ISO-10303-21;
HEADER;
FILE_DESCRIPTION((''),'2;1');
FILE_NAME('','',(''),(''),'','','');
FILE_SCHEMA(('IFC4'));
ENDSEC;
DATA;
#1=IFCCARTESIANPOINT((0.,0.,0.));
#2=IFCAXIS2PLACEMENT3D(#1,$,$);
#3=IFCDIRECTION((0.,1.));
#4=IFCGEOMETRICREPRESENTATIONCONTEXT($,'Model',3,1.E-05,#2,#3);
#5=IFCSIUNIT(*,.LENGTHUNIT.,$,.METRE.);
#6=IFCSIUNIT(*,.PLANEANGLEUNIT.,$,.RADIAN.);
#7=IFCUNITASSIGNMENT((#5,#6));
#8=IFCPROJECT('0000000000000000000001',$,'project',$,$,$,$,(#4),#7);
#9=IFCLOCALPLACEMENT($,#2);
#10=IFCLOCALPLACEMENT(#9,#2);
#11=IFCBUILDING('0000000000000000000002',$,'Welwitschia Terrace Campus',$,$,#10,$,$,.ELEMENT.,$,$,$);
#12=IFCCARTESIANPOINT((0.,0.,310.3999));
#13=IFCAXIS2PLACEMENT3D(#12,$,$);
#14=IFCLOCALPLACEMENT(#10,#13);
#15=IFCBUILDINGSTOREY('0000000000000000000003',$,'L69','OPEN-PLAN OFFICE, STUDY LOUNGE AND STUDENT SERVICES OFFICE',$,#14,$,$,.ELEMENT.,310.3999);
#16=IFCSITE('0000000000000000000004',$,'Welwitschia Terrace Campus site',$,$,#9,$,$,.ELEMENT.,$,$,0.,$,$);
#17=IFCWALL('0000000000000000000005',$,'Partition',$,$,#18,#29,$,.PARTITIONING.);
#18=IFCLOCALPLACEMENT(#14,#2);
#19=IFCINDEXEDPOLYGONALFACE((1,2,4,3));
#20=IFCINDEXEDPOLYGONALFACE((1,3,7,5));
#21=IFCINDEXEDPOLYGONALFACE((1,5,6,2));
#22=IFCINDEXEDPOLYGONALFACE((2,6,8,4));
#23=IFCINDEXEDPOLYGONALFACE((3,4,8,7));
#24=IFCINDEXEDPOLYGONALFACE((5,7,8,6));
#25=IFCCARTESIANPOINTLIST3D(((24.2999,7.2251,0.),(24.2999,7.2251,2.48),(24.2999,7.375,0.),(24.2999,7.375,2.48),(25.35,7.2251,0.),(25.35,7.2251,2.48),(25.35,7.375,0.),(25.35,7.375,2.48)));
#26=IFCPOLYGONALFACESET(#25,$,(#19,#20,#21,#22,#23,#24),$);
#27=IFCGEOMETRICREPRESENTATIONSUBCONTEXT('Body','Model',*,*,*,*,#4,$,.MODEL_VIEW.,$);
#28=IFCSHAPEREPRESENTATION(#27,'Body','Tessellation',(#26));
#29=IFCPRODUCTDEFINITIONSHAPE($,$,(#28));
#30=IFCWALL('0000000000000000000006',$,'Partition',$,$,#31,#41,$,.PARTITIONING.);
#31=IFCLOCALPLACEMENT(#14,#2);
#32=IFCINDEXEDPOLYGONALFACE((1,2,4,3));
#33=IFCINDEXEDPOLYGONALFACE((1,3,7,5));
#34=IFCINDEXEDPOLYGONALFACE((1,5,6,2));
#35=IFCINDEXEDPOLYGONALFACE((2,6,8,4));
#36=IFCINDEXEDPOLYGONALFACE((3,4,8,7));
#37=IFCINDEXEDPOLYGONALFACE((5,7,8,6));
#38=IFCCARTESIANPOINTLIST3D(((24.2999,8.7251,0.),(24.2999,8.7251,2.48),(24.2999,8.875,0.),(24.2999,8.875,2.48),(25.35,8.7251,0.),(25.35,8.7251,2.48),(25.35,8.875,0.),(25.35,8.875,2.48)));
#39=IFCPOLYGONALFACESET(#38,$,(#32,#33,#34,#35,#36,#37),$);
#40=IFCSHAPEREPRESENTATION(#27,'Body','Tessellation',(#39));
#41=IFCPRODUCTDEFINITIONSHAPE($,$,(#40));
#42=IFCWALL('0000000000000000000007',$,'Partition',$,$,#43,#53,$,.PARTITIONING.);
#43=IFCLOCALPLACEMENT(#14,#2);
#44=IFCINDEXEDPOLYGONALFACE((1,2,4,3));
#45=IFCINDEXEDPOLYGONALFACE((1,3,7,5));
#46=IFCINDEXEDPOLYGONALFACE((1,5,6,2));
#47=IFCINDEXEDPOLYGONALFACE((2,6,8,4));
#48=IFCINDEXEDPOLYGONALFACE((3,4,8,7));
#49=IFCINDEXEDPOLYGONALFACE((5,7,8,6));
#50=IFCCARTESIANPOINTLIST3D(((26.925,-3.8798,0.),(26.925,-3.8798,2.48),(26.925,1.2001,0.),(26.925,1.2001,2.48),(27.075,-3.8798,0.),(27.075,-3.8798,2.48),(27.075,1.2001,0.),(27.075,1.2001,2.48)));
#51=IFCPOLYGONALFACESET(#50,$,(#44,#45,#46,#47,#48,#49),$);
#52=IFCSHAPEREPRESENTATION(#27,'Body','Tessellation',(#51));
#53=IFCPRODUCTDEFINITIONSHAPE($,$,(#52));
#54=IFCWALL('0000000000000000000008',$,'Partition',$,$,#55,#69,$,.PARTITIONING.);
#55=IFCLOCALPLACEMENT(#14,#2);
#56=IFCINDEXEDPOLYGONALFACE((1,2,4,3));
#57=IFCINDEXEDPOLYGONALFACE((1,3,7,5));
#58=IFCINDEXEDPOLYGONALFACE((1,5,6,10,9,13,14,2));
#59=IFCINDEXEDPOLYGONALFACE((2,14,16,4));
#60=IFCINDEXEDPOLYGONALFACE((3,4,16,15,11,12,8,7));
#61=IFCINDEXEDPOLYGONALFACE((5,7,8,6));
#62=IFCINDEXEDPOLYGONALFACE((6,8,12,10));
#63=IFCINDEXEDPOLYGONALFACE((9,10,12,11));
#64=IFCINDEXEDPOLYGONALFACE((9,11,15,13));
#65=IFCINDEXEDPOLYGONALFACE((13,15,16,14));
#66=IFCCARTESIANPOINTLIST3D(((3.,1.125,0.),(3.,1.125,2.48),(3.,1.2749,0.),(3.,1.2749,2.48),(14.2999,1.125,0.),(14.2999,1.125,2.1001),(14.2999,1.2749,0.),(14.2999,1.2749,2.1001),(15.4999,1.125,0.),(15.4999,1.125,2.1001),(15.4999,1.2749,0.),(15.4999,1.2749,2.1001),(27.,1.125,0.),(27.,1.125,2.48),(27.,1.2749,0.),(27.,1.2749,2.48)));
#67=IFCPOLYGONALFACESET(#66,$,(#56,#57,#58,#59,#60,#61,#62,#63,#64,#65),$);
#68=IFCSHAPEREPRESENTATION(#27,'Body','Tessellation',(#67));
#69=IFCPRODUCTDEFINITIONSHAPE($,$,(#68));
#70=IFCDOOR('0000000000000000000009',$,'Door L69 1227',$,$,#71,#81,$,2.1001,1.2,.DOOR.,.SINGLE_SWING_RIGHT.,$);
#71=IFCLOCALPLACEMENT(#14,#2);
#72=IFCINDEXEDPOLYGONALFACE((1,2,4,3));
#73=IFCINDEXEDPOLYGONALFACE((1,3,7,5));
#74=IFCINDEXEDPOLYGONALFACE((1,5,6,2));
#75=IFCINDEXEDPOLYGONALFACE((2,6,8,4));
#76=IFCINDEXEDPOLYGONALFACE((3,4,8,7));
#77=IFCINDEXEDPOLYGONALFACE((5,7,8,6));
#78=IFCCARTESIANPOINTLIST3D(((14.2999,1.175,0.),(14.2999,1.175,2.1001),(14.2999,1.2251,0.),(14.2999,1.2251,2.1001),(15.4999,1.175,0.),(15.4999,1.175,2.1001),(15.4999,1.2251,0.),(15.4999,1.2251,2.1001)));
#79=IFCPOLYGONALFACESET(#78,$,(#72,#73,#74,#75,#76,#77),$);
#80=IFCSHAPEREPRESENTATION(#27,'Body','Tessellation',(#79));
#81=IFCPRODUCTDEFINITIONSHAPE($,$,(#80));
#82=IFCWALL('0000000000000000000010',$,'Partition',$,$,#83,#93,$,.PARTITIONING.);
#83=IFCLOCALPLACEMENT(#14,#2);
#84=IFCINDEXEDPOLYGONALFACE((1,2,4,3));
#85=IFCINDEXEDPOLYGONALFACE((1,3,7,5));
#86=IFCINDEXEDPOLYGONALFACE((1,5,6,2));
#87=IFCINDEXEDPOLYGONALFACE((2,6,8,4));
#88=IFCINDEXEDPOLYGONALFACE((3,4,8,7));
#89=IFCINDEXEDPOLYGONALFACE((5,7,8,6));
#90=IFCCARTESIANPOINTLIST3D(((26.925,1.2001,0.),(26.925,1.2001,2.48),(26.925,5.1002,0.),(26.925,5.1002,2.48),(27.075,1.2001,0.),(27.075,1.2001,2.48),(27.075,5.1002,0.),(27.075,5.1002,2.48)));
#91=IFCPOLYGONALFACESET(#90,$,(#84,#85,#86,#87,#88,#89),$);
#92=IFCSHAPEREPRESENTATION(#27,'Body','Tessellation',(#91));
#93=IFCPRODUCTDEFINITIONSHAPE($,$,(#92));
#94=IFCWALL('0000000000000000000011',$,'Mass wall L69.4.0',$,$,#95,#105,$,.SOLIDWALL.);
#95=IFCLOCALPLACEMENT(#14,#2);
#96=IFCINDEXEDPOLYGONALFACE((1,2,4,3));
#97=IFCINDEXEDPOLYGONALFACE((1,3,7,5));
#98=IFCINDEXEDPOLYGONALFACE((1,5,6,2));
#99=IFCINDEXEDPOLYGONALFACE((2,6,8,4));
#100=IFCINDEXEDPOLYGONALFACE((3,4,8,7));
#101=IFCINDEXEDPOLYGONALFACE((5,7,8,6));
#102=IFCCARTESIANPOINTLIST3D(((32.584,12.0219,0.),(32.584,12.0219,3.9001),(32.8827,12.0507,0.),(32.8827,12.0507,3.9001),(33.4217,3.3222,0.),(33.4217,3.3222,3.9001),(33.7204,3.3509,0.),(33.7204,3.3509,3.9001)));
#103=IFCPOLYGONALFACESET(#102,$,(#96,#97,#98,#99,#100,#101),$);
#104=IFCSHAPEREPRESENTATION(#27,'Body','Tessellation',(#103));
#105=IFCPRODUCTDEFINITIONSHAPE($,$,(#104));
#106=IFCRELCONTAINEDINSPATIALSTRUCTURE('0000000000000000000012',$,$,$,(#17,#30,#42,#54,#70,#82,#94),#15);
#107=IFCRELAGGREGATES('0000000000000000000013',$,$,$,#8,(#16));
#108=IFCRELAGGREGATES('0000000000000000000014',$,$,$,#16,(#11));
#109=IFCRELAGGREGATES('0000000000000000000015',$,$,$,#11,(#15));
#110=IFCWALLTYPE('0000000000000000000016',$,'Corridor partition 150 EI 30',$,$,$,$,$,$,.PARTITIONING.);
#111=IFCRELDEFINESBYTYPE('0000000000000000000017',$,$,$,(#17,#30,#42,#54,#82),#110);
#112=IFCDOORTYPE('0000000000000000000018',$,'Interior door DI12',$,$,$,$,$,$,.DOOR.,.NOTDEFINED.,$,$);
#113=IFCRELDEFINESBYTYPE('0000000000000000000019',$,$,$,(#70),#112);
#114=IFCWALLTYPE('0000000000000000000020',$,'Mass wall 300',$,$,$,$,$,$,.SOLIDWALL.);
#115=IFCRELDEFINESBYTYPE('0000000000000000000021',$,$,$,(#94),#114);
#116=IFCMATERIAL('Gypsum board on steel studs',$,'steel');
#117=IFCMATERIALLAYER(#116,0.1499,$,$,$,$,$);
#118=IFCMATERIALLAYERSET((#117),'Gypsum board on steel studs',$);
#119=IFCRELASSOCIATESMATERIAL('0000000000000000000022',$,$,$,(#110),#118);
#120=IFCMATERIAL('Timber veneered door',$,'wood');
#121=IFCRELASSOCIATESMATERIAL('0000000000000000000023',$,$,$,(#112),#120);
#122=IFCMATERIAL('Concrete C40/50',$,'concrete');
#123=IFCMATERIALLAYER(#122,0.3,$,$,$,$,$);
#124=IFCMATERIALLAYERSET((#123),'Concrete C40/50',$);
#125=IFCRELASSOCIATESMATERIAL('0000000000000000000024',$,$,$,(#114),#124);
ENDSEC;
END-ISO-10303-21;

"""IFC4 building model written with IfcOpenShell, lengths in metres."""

from ifc_helpers import new_model, si_unit, direction, frame, frame_2d, origin, place, context, subcontext, project, spatial, rectangle, extrude, material, layer, layer_set, type_object, element, fill, save


model = new_model("IFC4")

# Units and contexts
model_context = context("Model", 3, precision=1e-05, world=origin(), true_north=direction((0.0, 1.0)))
body_context = subcontext(model_context, "Body", "Model", "MODEL_VIEW")
ifc_project = project(units=[si_unit("LENGTHUNIT", "METRE"), si_unit("PLANEANGLEUNIT", "RADIAN")], contexts=[model_context])

# Site, building, storey
site_placement = place(None, origin())
site = spatial("IfcSite", under=ifc_project, at=site_placement, Name="Welwitschia Terrace Campus site", CompositionType="ELEMENT", RefElevation=0.0)
building_placement = place(site_placement, origin())
building = spatial("IfcBuilding", under=site, at=building_placement, Name="Welwitschia Terrace Campus", CompositionType="ELEMENT")
storey_placement = place(building_placement, frame((0.0, 0.0, 310.3999)))
storey = spatial("IfcBuildingStorey", under=building, at=storey_placement, Name="L69", Description="OPEN-PLAN OFFICE, STUDY LOUNGE AND STUDENT SERVICES OFFICE", CompositionType="ELEMENT", Elevation=310.3999)

# Walls
ifc_material_1 = material(Name="Gypsum board on steel studs", Category="steel")
ifc_layer_1 = layer(ifc_material_1, 0.1499)
ifc_layer_set_1 = layer_set([ifc_layer_1], Name="Gypsum board on steel studs")
wall_type_1 = type_object("IfcWallType", Name="Corridor partition 150 EI 30", PredefinedType="PARTITIONING", material=ifc_layer_set_1)
for number, where, z_axis, x_axis, name in (
    (1, (24.3, 7.3, 0.0), (0.0, 0.0, 1.0), (1.0, 0.0, 0.0), "Partition"),
    (2, (24.3, 8.8, 0.0), (0.0, 0.0, 1.0), (1.0, 0.0, 0.0), "Partition"),
):
    element("IfcWall", number, at=place(storey_placement, frame(where, z_axis=z_axis, x_axis=x_axis)), inside=storey, type_object=wall_type_1, Name=name, PredefinedType="PARTITIONING", context=body_context, shape_type="SweptSolid", body=[
        extrude(rectangle(XDim=1.05, YDim=0.1499, at=frame_2d((0.5249, 0.0))), origin(), (0.0, 0.0, 1.0), 2.48),
    ])
wall_1_placement = place(storey_placement, frame((27.0, -3.8799, 0.0), z_axis=(0.0, 0.0, 1.0), x_axis=(0.0, 1.0, 0.0)))
element("IfcWall", 3, at=wall_1_placement, inside=storey, type_object=wall_type_1, Name="Partition", PredefinedType="PARTITIONING", context=body_context, shape_type="SweptSolid", body=[
    extrude(rectangle(XDim=5.0798, YDim=0.1499, at=frame_2d((2.54, 0.0))), origin(), (0.0, 0.0, 1.0), 2.48),
])

# Wall, opening, door
wall_2_placement = place(storey_placement, frame((27.0, 1.2, 0.0), z_axis=(0.0, 0.0, 1.0), x_axis=(-1.0, 0.0, 0.0)))
wall_2 = element("IfcWall", 4, at=wall_2_placement, inside=storey, type_object=wall_type_1, Name="Partition", PredefinedType="PARTITIONING", context=body_context, shape_type="SweptSolid", body=[
    extrude(rectangle(XDim=24.0, YDim=0.1499, at=frame_2d((12.0, 0.0))), origin(), (0.0, 0.0, 1.0), 2.48),
])
opening_placement = place(wall_2_placement, frame((11.5, 0.0, 0.0)))
opening = element("IfcOpeningElement", 5, at=opening_placement, cuts=wall_2, PredefinedType="OPENING", context=body_context, shape_type="SweptSolid", body=[
    extrude(rectangle(XDim=1.2, YDim=2.1001, at=frame_2d((0.6001, 1.05))), frame((0.0, 0.085, 0.0), z_axis=(0.0, -1.0, 0.0), x_axis=(1.0, 0.0, 0.0)), (0.0, 0.0, 1.0), 0.1699),
])
ifc_material_2 = material(Name="Timber veneered door", Category="wood")
door_type = type_object("IfcDoorType", Name="Interior door DI12", OperationType="NOTDEFINED", PredefinedType="DOOR", material=ifc_material_2)
door_placement = place(opening_placement, origin())
door = element("IfcDoor", 6, at=door_placement, inside=storey, type_object=door_type, Name="Door L69 1227", OperationType="SINGLE_SWING_RIGHT", OverallHeight=2.1001, OverallWidth=1.2, PredefinedType="DOOR", context=body_context, shape_type="SweptSolid", body=[
    extrude(rectangle(XDim=1.2, YDim=2.1001, at=frame_2d((0.6001, 1.05))), frame((0.0, 0.0249, 0.0), z_axis=(0.0, -1.0, 0.0), x_axis=(1.0, 0.0, 0.0)), (0.0, 0.0, 1.0), 0.05),
])
fill(opening, door)

# Walls
wall_3_placement = place(storey_placement, frame((27.0, 1.2, 0.0), z_axis=(0.0, 0.0, 1.0), x_axis=(0.0, 1.0, 0.0)))
element("IfcWall", 7, at=wall_3_placement, inside=storey, type_object=wall_type_1, Name="Partition", PredefinedType="PARTITIONING", context=body_context, shape_type="SweptSolid", body=[
    extrude(rectangle(XDim=3.9001, YDim=0.1499, at=frame_2d((1.9502, 0.0))), origin(), (0.0, 0.0, 1.0), 2.48),
])
ifc_material_3 = material(Name="Concrete C40/50", Category="concrete")
ifc_layer_2 = layer(ifc_material_3, 0.3)
ifc_layer_set_2 = layer_set([ifc_layer_2], Name="Concrete C40/50")
wall_type_2 = type_object("IfcWallType", Name="Mass wall 300", PredefinedType="SOLIDWALL", material=ifc_layer_set_2)
wall_4_placement = place(storey_placement, frame((33.571, 3.3364, 0.0), z_axis=(0.0, 0.0, 1.0), x_axis=(-0.095841, 0.995397, 0.0)))
element("IfcWall", 8, at=wall_4_placement, inside=storey, type_object=wall_type_2, Name="Mass wall L69.4.0", PredefinedType="SOLIDWALL", context=body_context, shape_type="SweptSolid", body=[
    extrude(rectangle(XDim=8.74, YDim=0.3, at=frame_2d((4.3701, 0.0))), origin(), (0.0, 0.0, 1.0), 3.9001),
])

save(model, "model.ifc")
